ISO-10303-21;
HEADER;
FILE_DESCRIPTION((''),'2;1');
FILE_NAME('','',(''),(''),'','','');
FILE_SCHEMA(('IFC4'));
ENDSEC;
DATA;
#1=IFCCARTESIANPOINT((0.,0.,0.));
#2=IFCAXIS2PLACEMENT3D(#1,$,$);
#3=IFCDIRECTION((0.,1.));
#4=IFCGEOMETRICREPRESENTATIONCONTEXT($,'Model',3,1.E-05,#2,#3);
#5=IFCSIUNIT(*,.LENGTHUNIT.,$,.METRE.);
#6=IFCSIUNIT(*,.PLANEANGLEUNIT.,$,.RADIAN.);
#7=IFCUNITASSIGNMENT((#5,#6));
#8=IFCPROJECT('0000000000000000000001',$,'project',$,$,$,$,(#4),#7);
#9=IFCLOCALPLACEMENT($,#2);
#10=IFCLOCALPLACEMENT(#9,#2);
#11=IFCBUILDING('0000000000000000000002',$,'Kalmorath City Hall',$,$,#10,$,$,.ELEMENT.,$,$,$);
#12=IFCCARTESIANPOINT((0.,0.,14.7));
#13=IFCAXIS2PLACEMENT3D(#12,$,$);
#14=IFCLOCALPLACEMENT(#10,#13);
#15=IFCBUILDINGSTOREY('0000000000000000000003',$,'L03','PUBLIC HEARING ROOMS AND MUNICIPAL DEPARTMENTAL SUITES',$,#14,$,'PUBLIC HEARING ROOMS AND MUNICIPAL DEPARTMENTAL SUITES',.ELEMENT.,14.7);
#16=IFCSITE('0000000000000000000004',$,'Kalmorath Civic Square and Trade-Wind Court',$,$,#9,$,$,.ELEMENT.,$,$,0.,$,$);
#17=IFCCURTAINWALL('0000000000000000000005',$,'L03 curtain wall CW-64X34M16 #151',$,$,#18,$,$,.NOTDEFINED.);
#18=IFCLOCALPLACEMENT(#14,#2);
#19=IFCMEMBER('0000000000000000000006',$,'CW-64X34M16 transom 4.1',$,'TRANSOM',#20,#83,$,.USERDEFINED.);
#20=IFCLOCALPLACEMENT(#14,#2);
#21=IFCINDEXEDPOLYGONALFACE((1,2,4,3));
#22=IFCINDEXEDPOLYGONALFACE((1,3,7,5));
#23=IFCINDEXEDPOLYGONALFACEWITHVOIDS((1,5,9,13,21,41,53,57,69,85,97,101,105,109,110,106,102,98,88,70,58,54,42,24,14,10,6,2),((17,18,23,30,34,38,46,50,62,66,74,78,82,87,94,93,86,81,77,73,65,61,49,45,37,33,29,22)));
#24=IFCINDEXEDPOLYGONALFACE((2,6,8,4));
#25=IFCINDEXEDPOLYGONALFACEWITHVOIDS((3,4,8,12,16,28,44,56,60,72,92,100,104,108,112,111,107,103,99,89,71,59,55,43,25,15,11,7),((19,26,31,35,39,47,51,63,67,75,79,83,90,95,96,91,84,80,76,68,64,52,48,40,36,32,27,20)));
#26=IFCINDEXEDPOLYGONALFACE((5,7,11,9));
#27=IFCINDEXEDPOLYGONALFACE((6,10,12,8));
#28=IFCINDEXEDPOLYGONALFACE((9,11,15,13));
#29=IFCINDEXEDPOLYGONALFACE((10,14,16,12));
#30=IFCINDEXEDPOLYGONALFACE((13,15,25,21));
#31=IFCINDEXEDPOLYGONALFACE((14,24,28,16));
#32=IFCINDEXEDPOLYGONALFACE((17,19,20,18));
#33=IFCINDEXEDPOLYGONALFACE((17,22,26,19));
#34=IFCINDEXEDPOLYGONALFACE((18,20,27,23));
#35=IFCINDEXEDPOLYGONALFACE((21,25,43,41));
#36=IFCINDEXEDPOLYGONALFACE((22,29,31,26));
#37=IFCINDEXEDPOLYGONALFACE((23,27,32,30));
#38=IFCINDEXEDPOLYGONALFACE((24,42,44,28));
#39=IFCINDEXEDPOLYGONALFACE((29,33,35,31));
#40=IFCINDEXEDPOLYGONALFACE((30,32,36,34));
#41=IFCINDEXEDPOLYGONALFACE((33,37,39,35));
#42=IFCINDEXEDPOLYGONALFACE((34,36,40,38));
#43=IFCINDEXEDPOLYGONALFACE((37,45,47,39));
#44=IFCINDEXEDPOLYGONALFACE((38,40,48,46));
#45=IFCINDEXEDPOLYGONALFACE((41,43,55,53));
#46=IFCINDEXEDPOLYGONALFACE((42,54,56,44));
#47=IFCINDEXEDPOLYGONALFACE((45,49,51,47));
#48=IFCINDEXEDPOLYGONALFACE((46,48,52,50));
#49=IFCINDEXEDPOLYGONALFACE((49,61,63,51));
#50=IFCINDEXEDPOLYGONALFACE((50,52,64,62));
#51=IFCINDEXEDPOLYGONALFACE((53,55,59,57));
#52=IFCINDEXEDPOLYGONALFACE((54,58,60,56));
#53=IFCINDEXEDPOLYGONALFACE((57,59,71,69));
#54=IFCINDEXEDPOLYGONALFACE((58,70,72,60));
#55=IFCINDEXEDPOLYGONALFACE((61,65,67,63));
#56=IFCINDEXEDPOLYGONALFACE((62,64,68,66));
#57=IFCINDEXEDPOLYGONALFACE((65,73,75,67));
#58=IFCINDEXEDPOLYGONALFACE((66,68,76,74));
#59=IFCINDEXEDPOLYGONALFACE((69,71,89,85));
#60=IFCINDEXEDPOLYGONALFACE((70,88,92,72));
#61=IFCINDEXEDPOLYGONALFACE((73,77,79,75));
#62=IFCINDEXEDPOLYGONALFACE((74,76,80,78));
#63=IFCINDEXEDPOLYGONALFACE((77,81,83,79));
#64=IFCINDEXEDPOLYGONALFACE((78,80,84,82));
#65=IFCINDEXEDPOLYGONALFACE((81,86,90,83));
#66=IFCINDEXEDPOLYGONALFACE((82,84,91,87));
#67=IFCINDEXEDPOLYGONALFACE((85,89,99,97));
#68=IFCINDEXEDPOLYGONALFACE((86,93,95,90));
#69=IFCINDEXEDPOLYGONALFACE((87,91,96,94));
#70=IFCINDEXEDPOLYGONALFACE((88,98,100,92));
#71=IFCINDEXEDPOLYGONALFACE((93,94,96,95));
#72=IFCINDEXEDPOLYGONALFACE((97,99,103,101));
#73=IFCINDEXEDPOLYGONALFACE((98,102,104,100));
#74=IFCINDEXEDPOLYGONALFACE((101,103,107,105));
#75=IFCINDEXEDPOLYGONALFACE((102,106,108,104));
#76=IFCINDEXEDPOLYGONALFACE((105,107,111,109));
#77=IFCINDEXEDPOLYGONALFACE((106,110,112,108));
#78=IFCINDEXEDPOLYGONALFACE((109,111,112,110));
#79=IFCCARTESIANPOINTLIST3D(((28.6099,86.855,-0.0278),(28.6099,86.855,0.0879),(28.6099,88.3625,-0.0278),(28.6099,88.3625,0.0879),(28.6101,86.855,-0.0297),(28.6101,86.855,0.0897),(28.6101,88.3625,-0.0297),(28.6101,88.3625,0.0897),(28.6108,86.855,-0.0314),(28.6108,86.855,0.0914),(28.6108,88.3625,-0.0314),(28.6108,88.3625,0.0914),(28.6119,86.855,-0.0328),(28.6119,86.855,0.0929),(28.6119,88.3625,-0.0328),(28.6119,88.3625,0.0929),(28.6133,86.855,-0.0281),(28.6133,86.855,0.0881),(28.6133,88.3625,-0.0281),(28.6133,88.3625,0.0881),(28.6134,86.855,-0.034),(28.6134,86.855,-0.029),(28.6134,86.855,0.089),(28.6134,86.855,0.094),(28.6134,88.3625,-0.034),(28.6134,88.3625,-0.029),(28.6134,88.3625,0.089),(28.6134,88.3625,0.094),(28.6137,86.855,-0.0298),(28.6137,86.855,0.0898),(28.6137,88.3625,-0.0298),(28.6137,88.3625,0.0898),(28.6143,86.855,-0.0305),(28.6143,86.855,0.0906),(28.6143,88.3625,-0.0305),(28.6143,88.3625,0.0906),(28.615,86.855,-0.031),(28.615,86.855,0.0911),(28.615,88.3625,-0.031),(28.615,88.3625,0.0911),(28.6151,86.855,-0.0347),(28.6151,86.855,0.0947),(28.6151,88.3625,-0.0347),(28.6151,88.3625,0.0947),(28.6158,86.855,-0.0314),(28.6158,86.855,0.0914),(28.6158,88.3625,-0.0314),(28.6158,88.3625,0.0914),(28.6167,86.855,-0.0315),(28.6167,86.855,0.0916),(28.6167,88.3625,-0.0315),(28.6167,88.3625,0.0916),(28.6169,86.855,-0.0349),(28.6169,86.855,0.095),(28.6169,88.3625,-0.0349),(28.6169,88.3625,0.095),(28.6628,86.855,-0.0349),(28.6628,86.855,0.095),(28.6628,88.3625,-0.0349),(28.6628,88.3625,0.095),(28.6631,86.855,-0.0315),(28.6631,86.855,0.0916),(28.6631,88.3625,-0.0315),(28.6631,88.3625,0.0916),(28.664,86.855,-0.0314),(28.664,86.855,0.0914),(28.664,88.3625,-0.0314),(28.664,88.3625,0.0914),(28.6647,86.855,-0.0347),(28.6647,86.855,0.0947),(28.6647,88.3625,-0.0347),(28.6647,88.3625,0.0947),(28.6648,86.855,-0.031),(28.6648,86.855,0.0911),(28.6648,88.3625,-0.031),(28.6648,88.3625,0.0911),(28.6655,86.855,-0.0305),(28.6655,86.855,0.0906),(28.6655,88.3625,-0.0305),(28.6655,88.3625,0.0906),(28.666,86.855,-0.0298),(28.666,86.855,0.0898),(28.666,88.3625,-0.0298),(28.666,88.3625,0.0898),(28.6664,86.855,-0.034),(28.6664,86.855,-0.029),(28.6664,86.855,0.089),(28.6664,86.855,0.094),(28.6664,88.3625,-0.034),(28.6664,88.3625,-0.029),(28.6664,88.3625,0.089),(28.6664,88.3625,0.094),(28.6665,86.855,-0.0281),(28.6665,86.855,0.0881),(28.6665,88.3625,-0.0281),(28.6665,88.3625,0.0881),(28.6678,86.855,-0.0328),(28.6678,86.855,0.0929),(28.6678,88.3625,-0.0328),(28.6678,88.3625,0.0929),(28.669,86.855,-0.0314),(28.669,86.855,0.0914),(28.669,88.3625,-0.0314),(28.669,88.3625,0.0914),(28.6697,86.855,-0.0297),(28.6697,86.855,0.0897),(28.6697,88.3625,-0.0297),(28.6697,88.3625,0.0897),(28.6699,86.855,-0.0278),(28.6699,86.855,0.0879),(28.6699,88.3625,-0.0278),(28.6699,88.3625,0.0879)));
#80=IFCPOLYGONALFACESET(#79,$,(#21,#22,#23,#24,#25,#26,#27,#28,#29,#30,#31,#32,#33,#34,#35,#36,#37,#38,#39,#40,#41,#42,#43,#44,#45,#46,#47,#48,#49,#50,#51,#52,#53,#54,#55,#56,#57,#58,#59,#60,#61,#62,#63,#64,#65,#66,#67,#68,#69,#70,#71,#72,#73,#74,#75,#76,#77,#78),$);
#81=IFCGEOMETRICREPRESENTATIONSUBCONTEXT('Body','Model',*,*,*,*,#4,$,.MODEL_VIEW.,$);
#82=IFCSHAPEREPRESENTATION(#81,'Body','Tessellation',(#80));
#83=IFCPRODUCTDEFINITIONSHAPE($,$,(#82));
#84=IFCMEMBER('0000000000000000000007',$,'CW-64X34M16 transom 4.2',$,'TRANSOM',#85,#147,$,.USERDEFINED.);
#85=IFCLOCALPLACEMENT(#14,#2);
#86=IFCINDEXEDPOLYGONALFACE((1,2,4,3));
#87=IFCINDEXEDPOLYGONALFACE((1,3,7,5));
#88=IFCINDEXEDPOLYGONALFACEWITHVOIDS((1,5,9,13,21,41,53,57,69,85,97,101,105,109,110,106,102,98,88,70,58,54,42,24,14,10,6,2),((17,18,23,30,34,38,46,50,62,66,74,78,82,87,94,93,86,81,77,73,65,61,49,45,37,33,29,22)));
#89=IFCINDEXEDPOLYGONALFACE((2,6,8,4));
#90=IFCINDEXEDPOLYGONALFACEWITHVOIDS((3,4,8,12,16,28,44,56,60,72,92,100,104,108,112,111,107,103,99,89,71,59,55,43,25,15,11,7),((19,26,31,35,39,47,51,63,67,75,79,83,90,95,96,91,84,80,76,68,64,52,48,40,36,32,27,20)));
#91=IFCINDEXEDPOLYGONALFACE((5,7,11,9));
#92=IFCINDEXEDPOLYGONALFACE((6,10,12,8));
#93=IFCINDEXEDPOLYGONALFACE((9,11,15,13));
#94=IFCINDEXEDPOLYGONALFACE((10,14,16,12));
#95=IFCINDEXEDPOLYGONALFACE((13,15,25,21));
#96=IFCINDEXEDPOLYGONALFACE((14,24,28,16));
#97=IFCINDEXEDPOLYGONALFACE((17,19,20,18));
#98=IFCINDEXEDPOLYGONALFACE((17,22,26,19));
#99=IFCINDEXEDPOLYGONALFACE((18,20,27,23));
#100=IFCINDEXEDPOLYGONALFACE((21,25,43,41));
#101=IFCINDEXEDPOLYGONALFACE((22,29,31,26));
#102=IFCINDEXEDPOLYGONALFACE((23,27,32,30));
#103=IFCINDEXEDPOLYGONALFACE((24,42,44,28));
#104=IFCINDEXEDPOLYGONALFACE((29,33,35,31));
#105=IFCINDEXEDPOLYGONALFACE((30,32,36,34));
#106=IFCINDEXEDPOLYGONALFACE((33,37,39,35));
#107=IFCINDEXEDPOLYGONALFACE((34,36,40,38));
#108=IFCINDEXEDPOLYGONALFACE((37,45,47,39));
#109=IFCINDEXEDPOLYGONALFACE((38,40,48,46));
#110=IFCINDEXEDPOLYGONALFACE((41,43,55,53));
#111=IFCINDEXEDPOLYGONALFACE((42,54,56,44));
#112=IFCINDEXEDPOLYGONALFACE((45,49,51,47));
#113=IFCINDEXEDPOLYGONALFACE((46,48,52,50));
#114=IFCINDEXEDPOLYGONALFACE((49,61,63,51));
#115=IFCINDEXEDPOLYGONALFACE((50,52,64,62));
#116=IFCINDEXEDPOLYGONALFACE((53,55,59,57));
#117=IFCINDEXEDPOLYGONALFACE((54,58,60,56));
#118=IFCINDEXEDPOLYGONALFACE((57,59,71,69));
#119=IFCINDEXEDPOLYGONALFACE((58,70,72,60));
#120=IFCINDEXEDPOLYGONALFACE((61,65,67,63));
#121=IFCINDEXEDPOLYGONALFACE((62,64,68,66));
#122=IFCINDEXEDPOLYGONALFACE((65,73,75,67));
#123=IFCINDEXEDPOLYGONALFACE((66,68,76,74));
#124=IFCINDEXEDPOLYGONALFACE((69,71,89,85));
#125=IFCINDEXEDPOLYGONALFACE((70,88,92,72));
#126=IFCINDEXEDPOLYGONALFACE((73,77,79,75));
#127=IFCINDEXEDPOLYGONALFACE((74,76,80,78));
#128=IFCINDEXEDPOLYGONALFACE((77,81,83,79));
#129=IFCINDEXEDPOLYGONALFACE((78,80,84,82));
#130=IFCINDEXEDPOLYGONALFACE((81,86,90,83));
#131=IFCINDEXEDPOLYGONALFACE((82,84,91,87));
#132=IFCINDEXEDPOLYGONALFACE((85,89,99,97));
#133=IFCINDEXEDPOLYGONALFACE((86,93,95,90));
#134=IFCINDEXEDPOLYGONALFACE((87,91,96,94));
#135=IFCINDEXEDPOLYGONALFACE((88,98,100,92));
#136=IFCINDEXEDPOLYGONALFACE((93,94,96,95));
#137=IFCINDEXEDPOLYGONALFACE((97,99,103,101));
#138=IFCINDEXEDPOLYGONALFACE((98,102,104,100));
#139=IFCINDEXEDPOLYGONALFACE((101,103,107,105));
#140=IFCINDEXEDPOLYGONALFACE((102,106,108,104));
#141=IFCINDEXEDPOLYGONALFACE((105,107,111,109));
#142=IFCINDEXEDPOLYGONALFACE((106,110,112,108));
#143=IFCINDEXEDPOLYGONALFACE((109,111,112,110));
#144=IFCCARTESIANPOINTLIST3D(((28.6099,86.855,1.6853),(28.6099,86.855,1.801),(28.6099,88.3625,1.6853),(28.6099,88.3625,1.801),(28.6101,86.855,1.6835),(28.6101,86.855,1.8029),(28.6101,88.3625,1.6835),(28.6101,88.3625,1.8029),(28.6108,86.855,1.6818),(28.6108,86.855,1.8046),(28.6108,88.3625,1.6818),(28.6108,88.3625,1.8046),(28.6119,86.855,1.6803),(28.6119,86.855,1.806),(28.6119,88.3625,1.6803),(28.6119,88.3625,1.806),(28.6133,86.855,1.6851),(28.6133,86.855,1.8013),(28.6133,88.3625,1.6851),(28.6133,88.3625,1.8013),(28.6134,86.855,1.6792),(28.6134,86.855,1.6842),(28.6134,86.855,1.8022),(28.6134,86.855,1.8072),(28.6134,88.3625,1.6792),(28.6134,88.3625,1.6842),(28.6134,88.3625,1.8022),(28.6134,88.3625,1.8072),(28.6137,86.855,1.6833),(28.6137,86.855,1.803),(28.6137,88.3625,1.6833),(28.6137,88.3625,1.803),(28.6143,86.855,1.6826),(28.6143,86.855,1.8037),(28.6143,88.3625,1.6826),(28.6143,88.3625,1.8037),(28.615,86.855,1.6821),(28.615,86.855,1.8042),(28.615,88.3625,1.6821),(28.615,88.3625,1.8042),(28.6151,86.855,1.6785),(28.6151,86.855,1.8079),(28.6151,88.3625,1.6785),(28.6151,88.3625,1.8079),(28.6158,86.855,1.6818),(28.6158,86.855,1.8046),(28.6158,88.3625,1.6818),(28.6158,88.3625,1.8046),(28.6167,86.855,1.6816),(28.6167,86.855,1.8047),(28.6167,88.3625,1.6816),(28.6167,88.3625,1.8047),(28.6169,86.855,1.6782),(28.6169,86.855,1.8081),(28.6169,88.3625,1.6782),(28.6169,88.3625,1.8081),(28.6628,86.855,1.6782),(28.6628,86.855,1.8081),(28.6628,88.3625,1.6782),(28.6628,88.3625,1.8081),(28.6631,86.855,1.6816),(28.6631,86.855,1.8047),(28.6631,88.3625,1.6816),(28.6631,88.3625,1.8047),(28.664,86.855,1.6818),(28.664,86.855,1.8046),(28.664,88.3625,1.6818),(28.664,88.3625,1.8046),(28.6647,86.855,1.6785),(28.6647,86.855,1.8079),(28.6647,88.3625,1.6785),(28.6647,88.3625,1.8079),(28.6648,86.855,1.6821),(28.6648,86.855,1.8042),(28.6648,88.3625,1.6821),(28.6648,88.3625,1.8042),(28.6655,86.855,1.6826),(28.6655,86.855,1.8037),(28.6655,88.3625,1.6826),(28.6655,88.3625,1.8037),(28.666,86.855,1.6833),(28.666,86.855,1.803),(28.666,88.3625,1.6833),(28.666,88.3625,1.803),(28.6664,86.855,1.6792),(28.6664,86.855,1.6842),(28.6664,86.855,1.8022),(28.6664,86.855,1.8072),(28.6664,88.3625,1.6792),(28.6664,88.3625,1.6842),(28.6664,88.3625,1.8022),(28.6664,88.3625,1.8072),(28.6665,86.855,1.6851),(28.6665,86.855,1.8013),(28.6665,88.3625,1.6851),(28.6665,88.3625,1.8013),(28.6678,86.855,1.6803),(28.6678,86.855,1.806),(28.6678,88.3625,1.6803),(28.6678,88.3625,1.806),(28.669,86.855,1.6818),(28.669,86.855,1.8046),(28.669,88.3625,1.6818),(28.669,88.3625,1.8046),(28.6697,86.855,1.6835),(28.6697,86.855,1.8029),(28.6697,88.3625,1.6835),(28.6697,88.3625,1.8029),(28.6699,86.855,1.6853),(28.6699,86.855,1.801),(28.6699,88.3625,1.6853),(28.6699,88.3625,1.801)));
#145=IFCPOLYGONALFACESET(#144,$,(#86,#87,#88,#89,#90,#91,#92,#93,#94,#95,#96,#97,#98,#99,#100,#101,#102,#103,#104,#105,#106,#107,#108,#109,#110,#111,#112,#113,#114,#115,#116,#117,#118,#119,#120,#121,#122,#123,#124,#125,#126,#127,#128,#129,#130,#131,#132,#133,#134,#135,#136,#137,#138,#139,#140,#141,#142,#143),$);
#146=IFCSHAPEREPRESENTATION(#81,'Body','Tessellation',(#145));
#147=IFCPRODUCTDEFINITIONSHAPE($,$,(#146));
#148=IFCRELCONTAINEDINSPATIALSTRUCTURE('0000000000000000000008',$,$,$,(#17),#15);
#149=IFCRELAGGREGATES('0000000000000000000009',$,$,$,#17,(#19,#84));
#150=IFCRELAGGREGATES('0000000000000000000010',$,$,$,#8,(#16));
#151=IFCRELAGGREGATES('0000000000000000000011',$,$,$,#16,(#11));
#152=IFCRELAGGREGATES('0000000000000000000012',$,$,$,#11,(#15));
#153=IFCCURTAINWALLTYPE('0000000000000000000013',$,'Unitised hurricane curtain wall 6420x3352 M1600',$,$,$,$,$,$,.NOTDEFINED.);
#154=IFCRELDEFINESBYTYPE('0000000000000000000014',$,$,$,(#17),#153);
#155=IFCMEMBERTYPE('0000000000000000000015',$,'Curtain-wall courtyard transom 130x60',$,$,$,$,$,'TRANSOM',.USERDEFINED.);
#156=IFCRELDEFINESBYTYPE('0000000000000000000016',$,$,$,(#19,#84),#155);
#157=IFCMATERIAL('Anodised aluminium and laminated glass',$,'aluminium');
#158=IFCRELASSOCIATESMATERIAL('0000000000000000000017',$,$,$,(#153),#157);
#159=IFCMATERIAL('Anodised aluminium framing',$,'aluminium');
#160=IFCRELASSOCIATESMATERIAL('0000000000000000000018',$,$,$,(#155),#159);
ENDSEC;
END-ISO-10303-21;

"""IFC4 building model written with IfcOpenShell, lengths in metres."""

from ifc_helpers import new_model, si_unit, direction, frame, origin, origin_2d, place, context, subcontext, project, spatial, hollow_rectangle, extrude, material, material_profile, profile_set, type_object, element, aggregate, save


model = new_model("IFC4")

# Units and contexts
model_context = context("Model", 3, precision=1e-05, world=origin(), true_north=direction((0.0, 1.0)))
body_context = subcontext(model_context, "Body", "Model", "MODEL_VIEW")
ifc_project = project(units=[si_unit("LENGTHUNIT", "METRE"), si_unit("PLANEANGLEUNIT", "RADIAN")], contexts=[model_context])

# Site, building, storey
site_placement = place(None, origin())
site = spatial("IfcSite", under=ifc_project, at=site_placement, Name="Kalmorath Civic Square and Trade-Wind Court", CompositionType="ELEMENT", RefElevation=0.0)
building_placement = place(site_placement, origin())
building = spatial("IfcBuilding", under=site, at=building_placement, Name="Kalmorath City Hall", CompositionType="ELEMENT")
storey_placement = place(building_placement, frame((0.0, 0.0, 14.7)))
storey = spatial("IfcBuildingStorey", under=building, at=storey_placement, Name="L03", Description="PUBLIC HEARING ROOMS AND MUNICIPAL DEPARTMENTAL SUITES", LongName="PUBLIC HEARING ROOMS AND MUNICIPAL DEPARTMENTAL SUITES", CompositionType="ELEMENT", Elevation=14.7)

# Curtain wall, members
ifc_material_1 = material(Name="Anodised aluminium and laminated glass", Category="aluminium")
curtain_wall_type = type_object("IfcCurtainWallType", Name="Unitised hurricane curtain wall 6420x3352 M1600", PredefinedType="NOTDEFINED", material=ifc_material_1)
curtain_wall_placement = place(storey_placement, origin())
curtain_wall = element("IfcCurtainWall", 1, at=curtain_wall_placement, inside=storey, type_object=curtain_wall_type, Name="L03 curtain wall CW-64X34M16 #151", PredefinedType="NOTDEFINED")
ifc_material_2 = material(Name="Anodised aluminium framing", Category="aluminium")
ifc_material_profile_1 = material_profile(ifc_material_2, hollow_rectangle(XDim=0.0601, YDim=0.1299, WallThickness=0.0034, InnerFilletRadius=0.0034, OuterFilletRadius=0.0071, at=origin_2d()), Name="ALU-TRN-130X60X3.5")
ifc_profile_set_1 = profile_set([ifc_material_profile_1], Name="Anodised aluminium framing")
member_type_1 = type_object("IfcMemberType", Name="Curtain-wall courtyard transom 130x60", ElementType="TRANSOM", PredefinedType="USERDEFINED", material=ifc_profile_set_1)
member_1_placement = place(storey_placement, frame((28.6399, 88.3625, 0.03), z_axis=(0.0, -1.0, 0.0), x_axis=(1.0, 0.0, 0.0)))
member_1 = element("IfcMember", 2, at=member_1_placement, type_object=member_type_1, Name="CW-64X34M16 transom 4.1", ObjectType="TRANSOM", PredefinedType="USERDEFINED", context=body_context, shape_type="SweptSolid", body=[
    extrude(hollow_rectangle(XDim=0.0601, YDim=0.1299, WallThickness=0.0034, InnerFilletRadius=0.0034, OuterFilletRadius=0.0071, at=origin_2d()), origin(), (0.0, 0.0, 1.0), 1.5076),
])
member_2_placement = place(storey_placement, frame((28.6399, 88.3625, 1.7432), z_axis=(0.0, -1.0, 0.0), x_axis=(1.0, 0.0, 0.0)))
member_2 = element("IfcMember", 3, at=member_2_placement, type_object=member_type_1, Name="CW-64X34M16 transom 4.2", ObjectType="TRANSOM", PredefinedType="USERDEFINED", context=body_context, shape_type="SweptSolid", body=[
    extrude(hollow_rectangle(XDim=0.0601, YDim=0.1299, WallThickness=0.0034, InnerFilletRadius=0.0034, OuterFilletRadius=0.0071, at=origin_2d()), origin(), (0.0, 0.0, 1.0), 1.5076),
])

aggregate(curtain_wall, [member_1, member_2])

save(model, "model.ifc")
